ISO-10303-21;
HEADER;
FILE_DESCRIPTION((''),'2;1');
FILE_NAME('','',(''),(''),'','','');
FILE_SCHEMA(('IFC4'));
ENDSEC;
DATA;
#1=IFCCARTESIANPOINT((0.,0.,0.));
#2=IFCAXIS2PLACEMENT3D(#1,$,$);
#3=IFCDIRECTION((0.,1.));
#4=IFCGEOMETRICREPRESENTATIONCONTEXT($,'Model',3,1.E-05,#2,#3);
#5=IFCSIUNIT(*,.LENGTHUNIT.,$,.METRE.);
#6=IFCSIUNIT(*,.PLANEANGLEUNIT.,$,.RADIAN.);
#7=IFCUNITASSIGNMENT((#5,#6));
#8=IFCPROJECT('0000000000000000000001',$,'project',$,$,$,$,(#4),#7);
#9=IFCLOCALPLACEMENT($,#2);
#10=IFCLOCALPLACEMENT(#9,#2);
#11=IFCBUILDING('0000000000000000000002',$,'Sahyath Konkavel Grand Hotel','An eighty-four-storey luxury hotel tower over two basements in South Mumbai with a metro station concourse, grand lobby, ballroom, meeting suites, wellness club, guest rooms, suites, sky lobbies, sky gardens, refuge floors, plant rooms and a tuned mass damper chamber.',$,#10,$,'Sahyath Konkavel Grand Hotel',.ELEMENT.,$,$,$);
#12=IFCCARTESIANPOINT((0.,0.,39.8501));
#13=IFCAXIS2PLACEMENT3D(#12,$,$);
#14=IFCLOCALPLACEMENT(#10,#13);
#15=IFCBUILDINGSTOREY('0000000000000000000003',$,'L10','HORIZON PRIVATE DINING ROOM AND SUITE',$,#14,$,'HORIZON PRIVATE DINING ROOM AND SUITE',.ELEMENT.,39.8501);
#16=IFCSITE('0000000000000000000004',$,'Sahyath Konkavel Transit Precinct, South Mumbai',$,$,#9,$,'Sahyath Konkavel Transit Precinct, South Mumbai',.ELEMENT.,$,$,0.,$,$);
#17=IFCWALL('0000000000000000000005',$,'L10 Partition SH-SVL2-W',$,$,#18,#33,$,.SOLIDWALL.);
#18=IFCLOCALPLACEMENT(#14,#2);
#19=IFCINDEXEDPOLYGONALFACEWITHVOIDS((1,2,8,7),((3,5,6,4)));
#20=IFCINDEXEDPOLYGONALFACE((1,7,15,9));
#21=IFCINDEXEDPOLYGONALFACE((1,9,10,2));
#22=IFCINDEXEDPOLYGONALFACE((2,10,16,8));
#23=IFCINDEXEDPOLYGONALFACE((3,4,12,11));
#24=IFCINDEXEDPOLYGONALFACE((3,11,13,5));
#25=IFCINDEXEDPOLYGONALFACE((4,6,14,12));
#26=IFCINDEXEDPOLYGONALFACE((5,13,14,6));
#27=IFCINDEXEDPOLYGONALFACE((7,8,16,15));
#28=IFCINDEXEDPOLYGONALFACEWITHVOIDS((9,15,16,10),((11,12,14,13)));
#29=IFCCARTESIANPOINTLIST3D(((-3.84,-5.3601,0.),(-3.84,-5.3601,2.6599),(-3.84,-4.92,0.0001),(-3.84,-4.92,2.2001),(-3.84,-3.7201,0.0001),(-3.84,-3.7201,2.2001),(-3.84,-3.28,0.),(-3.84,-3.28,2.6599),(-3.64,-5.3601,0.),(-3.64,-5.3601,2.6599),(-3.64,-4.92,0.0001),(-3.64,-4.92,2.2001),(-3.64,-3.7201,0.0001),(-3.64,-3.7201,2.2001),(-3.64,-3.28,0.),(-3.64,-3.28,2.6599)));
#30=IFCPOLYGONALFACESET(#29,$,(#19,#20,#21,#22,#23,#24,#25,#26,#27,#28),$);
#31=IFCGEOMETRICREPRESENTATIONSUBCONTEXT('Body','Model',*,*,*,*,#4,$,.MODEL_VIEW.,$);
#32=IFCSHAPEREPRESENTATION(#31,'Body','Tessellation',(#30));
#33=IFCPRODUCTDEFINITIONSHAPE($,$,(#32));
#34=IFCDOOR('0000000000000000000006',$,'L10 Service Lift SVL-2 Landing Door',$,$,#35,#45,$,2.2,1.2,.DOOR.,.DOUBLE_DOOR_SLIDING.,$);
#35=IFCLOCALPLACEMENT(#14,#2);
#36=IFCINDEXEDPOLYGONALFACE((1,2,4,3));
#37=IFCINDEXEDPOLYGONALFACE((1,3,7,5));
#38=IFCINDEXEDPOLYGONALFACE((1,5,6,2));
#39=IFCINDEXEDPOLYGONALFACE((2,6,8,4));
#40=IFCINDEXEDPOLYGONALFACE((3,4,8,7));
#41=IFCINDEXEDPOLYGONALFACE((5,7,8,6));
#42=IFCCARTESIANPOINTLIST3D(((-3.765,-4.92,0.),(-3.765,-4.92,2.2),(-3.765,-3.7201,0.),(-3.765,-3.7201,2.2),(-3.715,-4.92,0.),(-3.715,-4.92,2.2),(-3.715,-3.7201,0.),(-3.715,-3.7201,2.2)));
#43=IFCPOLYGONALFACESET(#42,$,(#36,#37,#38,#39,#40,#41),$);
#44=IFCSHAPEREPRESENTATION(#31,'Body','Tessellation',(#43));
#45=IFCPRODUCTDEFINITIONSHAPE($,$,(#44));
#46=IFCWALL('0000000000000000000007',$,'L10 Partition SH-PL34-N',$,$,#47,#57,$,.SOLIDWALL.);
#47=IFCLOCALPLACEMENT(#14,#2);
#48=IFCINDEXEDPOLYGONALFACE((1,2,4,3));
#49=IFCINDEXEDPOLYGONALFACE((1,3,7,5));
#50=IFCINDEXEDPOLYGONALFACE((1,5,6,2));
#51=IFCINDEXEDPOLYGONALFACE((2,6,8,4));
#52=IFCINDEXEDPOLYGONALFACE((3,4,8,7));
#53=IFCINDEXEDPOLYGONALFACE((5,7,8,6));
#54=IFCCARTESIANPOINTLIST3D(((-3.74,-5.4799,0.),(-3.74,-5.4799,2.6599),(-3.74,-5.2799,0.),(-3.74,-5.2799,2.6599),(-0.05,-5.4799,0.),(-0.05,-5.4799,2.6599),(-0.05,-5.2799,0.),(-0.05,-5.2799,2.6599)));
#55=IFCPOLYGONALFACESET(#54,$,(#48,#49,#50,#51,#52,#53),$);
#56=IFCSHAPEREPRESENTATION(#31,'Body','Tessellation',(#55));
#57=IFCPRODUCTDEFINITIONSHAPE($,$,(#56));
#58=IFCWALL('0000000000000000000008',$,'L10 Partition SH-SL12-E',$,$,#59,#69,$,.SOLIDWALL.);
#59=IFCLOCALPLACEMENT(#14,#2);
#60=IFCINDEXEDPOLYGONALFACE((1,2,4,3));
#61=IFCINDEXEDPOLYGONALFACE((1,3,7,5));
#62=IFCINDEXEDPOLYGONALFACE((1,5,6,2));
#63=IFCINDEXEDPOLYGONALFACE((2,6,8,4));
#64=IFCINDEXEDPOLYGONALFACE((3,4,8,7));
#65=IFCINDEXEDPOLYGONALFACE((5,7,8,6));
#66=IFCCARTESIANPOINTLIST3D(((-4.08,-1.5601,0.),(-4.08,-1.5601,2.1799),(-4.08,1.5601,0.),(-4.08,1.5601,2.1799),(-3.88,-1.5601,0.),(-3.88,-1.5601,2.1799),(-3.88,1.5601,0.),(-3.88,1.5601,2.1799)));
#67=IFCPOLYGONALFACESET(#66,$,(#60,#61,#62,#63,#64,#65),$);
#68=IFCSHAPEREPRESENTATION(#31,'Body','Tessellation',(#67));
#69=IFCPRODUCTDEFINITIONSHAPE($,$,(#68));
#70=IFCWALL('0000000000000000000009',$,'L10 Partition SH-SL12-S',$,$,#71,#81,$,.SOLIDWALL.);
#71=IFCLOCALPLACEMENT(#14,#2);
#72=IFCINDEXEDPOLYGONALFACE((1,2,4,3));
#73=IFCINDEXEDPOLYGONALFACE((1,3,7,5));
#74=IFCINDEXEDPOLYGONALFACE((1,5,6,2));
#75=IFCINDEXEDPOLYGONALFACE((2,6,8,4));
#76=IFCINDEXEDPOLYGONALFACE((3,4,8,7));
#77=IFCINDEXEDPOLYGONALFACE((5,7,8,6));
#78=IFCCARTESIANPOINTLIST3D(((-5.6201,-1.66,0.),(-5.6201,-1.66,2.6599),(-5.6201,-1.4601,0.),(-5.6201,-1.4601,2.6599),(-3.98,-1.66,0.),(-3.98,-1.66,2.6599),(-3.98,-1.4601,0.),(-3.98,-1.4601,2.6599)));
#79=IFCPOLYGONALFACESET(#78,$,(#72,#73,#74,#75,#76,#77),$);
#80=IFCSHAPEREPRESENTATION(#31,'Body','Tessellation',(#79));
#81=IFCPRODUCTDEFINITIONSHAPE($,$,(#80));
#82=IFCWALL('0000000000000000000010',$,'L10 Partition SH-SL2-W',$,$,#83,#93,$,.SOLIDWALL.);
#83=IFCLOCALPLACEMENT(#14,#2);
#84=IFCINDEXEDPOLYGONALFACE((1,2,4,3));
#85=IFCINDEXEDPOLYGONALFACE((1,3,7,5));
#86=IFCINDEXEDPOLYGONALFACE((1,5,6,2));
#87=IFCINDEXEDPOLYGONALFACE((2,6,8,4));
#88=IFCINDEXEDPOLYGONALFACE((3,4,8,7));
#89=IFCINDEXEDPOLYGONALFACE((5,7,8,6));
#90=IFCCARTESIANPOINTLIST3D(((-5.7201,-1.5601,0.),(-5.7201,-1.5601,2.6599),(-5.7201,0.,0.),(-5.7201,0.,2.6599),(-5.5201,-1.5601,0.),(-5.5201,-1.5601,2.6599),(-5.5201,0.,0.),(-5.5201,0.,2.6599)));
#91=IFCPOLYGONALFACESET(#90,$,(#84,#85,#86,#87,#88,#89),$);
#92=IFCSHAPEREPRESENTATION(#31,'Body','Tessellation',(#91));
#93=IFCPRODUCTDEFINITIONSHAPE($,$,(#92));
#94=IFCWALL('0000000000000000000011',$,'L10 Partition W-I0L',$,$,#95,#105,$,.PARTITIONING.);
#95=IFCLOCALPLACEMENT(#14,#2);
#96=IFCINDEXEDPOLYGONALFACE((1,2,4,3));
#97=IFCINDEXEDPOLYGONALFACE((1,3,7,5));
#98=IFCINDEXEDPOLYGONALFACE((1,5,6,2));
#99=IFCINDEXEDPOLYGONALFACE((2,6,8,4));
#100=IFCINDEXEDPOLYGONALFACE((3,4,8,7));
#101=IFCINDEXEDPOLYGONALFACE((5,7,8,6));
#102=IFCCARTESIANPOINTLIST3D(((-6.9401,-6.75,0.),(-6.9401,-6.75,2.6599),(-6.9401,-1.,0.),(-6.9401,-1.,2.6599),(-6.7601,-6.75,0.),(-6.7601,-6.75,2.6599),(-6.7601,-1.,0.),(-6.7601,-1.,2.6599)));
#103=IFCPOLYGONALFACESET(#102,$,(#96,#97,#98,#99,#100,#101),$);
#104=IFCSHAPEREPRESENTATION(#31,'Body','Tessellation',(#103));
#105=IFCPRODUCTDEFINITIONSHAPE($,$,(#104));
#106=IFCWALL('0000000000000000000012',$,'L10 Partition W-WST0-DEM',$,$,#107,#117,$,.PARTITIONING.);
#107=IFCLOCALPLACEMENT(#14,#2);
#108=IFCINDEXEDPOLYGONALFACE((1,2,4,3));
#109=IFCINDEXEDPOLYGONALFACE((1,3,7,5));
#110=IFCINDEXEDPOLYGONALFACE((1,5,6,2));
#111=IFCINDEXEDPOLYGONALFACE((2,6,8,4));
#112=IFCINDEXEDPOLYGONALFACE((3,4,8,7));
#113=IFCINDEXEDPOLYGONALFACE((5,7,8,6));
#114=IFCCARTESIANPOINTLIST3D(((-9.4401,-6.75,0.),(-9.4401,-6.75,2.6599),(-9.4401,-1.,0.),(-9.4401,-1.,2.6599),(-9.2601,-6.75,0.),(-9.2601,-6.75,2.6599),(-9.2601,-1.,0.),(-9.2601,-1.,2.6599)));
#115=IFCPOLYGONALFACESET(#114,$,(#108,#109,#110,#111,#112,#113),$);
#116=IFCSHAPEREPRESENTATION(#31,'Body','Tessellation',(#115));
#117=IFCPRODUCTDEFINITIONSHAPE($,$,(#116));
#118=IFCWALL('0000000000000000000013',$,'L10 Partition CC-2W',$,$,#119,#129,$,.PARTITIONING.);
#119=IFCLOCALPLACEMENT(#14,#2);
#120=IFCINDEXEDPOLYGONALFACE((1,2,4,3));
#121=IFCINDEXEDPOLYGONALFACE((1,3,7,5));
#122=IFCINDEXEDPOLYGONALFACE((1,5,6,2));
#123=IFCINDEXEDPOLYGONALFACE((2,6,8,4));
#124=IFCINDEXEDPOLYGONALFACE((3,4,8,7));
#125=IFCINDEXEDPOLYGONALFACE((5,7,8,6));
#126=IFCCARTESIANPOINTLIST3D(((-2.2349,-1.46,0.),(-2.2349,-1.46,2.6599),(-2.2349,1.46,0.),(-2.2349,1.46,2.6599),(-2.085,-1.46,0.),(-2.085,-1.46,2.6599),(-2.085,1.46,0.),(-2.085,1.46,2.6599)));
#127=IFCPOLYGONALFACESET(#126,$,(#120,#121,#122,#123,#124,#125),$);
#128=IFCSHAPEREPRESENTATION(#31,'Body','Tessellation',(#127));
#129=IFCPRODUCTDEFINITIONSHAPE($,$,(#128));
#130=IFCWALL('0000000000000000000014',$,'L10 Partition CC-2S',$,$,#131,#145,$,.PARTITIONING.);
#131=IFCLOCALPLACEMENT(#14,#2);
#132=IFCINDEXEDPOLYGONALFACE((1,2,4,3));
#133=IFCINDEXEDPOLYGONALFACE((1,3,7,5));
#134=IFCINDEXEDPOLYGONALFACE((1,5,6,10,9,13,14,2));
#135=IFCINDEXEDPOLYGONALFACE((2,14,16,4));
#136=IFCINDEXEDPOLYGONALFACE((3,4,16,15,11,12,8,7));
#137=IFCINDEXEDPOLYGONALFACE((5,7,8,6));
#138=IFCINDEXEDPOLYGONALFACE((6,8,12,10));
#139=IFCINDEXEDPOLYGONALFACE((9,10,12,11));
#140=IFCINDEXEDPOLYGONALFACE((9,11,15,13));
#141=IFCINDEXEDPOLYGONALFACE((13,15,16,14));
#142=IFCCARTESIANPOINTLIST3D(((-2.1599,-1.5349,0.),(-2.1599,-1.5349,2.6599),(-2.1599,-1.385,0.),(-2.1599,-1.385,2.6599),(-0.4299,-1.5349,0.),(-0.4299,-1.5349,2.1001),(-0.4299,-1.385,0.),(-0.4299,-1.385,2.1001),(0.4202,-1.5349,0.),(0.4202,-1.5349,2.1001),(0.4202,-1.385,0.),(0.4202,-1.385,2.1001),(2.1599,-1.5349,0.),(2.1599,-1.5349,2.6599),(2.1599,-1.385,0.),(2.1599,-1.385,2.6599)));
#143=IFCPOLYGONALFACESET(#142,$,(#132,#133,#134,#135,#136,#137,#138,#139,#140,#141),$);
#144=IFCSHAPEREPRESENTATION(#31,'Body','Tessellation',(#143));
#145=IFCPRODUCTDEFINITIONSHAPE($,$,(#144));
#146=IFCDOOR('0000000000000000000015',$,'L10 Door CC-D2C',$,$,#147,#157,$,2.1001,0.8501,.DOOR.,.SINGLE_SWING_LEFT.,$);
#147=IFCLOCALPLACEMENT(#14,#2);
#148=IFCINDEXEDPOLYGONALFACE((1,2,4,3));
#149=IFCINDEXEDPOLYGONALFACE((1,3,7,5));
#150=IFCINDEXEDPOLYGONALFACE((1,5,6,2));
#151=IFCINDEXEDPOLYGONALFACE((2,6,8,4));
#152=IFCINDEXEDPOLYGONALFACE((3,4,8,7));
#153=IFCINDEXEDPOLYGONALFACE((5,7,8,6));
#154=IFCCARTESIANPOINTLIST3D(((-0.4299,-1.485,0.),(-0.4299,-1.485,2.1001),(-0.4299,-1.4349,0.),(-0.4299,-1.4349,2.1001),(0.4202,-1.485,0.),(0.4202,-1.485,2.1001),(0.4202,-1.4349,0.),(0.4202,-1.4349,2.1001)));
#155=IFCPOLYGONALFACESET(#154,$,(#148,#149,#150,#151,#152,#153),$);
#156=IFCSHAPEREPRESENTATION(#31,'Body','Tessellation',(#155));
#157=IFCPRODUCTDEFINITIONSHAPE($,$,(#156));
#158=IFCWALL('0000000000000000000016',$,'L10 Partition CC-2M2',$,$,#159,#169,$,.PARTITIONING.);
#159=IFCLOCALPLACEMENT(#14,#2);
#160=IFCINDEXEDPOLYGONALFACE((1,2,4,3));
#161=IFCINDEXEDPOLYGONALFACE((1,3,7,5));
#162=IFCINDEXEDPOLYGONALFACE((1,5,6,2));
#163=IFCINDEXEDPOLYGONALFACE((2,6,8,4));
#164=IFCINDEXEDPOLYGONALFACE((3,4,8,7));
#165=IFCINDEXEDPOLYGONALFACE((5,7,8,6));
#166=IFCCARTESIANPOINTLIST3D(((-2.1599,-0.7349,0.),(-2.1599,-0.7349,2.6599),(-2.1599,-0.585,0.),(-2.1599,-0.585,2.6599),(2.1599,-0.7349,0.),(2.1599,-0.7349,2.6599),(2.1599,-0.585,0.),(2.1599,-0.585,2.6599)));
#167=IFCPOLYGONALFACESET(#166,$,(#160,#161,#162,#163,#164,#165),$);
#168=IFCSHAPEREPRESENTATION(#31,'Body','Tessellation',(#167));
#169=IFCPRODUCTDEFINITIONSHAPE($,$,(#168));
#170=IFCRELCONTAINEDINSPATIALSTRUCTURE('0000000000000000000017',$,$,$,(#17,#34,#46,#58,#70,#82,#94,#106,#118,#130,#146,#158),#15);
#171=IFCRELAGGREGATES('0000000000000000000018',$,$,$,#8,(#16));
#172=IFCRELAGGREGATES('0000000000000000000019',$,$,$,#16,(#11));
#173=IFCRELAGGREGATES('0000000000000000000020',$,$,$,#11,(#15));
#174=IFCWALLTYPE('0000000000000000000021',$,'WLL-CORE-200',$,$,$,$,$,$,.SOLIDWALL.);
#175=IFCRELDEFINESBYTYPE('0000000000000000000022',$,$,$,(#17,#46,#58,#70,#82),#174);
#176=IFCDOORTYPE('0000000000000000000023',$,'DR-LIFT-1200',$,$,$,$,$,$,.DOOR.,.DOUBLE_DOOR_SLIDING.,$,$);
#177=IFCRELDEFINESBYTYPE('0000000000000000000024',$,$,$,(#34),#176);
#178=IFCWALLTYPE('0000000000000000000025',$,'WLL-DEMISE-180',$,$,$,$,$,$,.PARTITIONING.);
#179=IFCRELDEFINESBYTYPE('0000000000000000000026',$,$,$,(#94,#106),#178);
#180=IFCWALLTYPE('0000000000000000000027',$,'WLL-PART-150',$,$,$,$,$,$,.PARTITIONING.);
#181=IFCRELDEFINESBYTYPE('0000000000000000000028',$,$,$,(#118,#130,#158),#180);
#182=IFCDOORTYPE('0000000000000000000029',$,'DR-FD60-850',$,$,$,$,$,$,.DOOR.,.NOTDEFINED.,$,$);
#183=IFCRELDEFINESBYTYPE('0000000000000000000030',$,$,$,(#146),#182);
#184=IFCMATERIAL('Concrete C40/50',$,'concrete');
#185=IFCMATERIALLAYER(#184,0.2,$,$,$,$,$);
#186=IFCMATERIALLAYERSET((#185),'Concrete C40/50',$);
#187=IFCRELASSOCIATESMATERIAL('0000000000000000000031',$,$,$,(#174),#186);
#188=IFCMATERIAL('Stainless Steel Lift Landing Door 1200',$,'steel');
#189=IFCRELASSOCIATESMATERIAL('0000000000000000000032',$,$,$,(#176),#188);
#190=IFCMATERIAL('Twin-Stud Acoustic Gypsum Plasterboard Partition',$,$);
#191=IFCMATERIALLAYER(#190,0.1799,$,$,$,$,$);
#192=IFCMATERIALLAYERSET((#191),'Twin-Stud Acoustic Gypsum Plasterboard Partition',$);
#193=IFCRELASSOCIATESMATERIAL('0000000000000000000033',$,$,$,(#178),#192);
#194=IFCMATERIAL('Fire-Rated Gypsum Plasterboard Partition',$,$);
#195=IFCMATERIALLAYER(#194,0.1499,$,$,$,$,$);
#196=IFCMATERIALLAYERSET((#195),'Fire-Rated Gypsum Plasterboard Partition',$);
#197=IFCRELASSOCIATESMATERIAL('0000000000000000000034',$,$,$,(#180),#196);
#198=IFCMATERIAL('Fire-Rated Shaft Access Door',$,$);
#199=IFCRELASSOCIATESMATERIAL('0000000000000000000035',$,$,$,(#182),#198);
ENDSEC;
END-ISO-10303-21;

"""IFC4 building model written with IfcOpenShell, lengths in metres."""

from ifc_helpers import new_model, si_unit, direction, frame, frame_2d, origin, origin_2d, place, context, subcontext, project, spatial, rectangle, extrude, source, transform, mapped, material, layer, layer_set, type_object, element, fill, save


model = new_model("IFC4")

# Units and contexts
model_context = context("Model", 3, precision=1e-05, world=origin(), true_north=direction((0.0, 1.0)))
body_context = subcontext(model_context, "Body", "Model", "MODEL_VIEW")
ifc_project = project(units=[si_unit("LENGTHUNIT", "METRE"), si_unit("PLANEANGLEUNIT", "RADIAN")], contexts=[model_context])

# Site, building, storey
site_placement = place(None, origin())
site = spatial("IfcSite", under=ifc_project, at=site_placement, Name="Sahyath Konkavel Transit Precinct, South Mumbai", LongName="Sahyath Konkavel Transit Precinct, South Mumbai", CompositionType="ELEMENT", RefElevation=0.0)
building_placement = place(site_placement, origin())
building = spatial("IfcBuilding", under=site, at=building_placement, Name="Sahyath Konkavel Grand Hotel", Description="An eighty-four-storey luxury hotel tower over two basements in South Mumbai with a metro station concourse, grand lobby, ballroom, meeting suites, wellness club, guest rooms, suites, sky lobbies, sky gardens, refuge floors, plant rooms and a tuned mass damper chamber.", LongName="Sahyath Konkavel Grand Hotel", CompositionType="ELEMENT")
storey_placement = place(building_placement, frame((0.0, 0.0, 39.8501)))
storey = spatial("IfcBuildingStorey", under=building, at=storey_placement, Name="L10", Description="HORIZON PRIVATE DINING ROOM AND SUITE", LongName="HORIZON PRIVATE DINING ROOM AND SUITE", CompositionType="ELEMENT", Elevation=39.8501)

# Shared definitions
ifc_material_1 = material(Name="Concrete C40/50", Category="concrete")
ifc_layer_1 = layer(ifc_material_1, 0.2)
ifc_layer_set_1 = layer_set([ifc_layer_1], Name="Concrete C40/50")
wall_type_1 = type_object("IfcWallType", Name="WLL-CORE-200", PredefinedType="SOLIDWALL", material=ifc_layer_set_1)

# Wall, opening, door
wall_1_placement = place(storey_placement, frame((-3.74, -5.3601, 0.0), z_axis=(0.0, 0.0, 1.0), x_axis=(0.0, 1.0, 0.0)))
wall_1 = element("IfcWall", 1, at=wall_1_placement, inside=storey, type_object=wall_type_1, Name="L10 Partition SH-SVL2-W", PredefinedType="SOLIDWALL", context=body_context, shape_type="SweptSolid", body=[
    extrude(rectangle(XDim=2.0801, YDim=0.2, at=frame_2d((1.04, 0.0))), origin(), (0.0, 0.0, 1.0), 2.6599),
])
opening_1_placement = place(wall_1_placement, frame((0.4399, 0.0, 0.0)))
opening_1 = element("IfcOpeningElement", 2, at=opening_1_placement, cuts=wall_1, PredefinedType="OPENING", context=body_context, shape_type="SweptSolid", body=[
    extrude(rectangle(XDim=1.2, YDim=2.2, at=frame_2d((0.6001, 1.1001))), frame((0.0, 0.1099, 0.0), z_axis=(0.0, -1.0, 0.0), x_axis=(1.0, 0.0, 0.0)), (0.0, 0.0, 1.0), 0.22),
])
ifc_material_2 = material(Name="Stainless Steel Lift Landing Door 1200", Category="steel")
door_type_1 = type_object("IfcDoorType", Name="DR-LIFT-1200", OperationType="DOUBLE_DOOR_SLIDING", PredefinedType="DOOR", material=ifc_material_2)
shared_shape_1 = source(origin(), body_context, "Body", "SweptSolid", [
    extrude(rectangle(XDim=1.2, YDim=0.05, at=origin_2d()), origin(), (0.0, 0.0, 1.0), 2.2),
])
door_1_placement = place(opening_1_placement, frame((0.6001, 0.0, 0.0)))
door_1 = element("IfcDoor", 3, at=door_1_placement, inside=storey, type_object=door_type_1, Name="L10 Service Lift SVL-2 Landing Door", OperationType="DOUBLE_DOOR_SLIDING", OverallHeight=2.2, OverallWidth=1.2, PredefinedType="DOOR", context=body_context, shape_type="MappedRepresentation", body=[
    mapped(shared_shape_1, transform((0.0, 0.0, 0.0), scale=1.0)),
])
fill(opening_1, door_1)

# Walls
wall_2_placement = place(storey_placement, frame((-3.74, -5.3799, 0.0), z_axis=(0.0, 0.0, 1.0), x_axis=(1.0, 0.0, 0.0)))
element("IfcWall", 4, at=wall_2_placement, inside=storey, type_object=wall_type_1, Name="L10 Partition SH-PL34-N", PredefinedType="SOLIDWALL", context=body_context, shape_type="SweptSolid", body=[
    extrude(rectangle(XDim=3.6899, YDim=0.2, at=frame_2d((1.845, 0.0))), origin(), (0.0, 0.0, 1.0), 2.6599),
])
wall_3_placement = place(storey_placement, frame((-3.98, -1.5601, 0.0), z_axis=(0.0, 0.0, 1.0), x_axis=(0.0, 1.0, 0.0)))
element("IfcWall", 5, at=wall_3_placement, inside=storey, type_object=wall_type_1, Name="L10 Partition SH-SL12-E", PredefinedType="SOLIDWALL", context=body_context, shape_type="SweptSolid", body=[
    extrude(rectangle(XDim=3.1201, YDim=0.2, at=frame_2d((1.5601, 0.0))), origin(), (0.0, 0.0, 1.0), 2.1799),
])
wall_4_placement = place(storey_placement, frame((-5.6201, -1.5601, 0.0), z_axis=(0.0, 0.0, 1.0), x_axis=(1.0, 0.0, 0.0)))
element("IfcWall", 6, at=wall_4_placement, inside=storey, type_object=wall_type_1, Name="L10 Partition SH-SL12-S", PredefinedType="SOLIDWALL", context=body_context, shape_type="SweptSolid", body=[
    extrude(rectangle(XDim=1.6401, YDim=0.2, at=frame_2d((0.8201, 0.0))), origin(), (0.0, 0.0, 1.0), 2.6599),
])
wall_5_placement = place(storey_placement, frame((-5.6201, -1.5601, 0.0), z_axis=(0.0, 0.0, 1.0), x_axis=(0.0, 1.0, 0.0)))
element("IfcWall", 7, at=wall_5_placement, inside=storey, type_object=wall_type_1, Name="L10 Partition SH-SL2-W", PredefinedType="SOLIDWALL", context=body_context, shape_type="SweptSolid", body=[
    extrude(rectangle(XDim=1.5601, YDim=0.2, at=frame_2d((0.78, 0.0))), origin(), (0.0, 0.0, 1.0), 2.6599),
])
ifc_material_3 = material(Name="Twin-Stud Acoustic Gypsum Plasterboard Partition")
ifc_layer_2 = layer(ifc_material_3, 0.1799)
ifc_layer_set_2 = layer_set([ifc_layer_2], Name="Twin-Stud Acoustic Gypsum Plasterboard Partition")
wall_type_2 = type_object("IfcWallType", Name="WLL-DEMISE-180", PredefinedType="PARTITIONING", material=ifc_layer_set_2)
for number, where, z_axis, x_axis, name in (
    (8, (-6.8501, -1.0, 0.0), (0.0, 0.0, 1.0), (0.0, -1.0, 0.0), "L10 Partition W-I0L"),
    (9, (-9.3501, -1.0, 0.0), (0.0, 0.0, 1.0), (0.0, -1.0, 0.0), "L10 Partition W-WST0-DEM"),
):
    element("IfcWall", number, at=place(storey_placement, frame(where, z_axis=z_axis, x_axis=x_axis)), inside=storey, type_object=wall_type_2, Name=name, PredefinedType="PARTITIONING", context=body_context, shape_type="SweptSolid", body=[
        extrude(rectangle(XDim=5.75, YDim=0.1799, at=frame_2d((2.875, 0.0))), origin(), (0.0, 0.0, 1.0), 2.6599),
    ])
ifc_material_4 = material(Name="Fire-Rated Gypsum Plasterboard Partition")
ifc_layer_3 = layer(ifc_material_4, 0.1499)
ifc_layer_set_3 = layer_set([ifc_layer_3], Name="Fire-Rated Gypsum Plasterboard Partition")
wall_type_3 = type_object("IfcWallType", Name="WLL-PART-150", PredefinedType="PARTITIONING", material=ifc_layer_set_3)
wall_6_placement = place(storey_placement, frame((-2.1599, -1.46, 0.0), z_axis=(0.0, 0.0, 1.0), x_axis=(0.0, 1.0, 0.0)))
element("IfcWall", 10, at=wall_6_placement, inside=storey, type_object=wall_type_3, Name="L10 Partition CC-2W", PredefinedType="PARTITIONING", context=body_context, shape_type="SweptSolid", body=[
    extrude(rectangle(XDim=2.9199, YDim=0.1499, at=frame_2d((1.46, 0.0))), origin(), (0.0, 0.0, 1.0), 2.6599),
])

# Wall, opening, door
wall_7_placement = place(storey_placement, frame((-2.1599, -1.46, 0.0), z_axis=(0.0, 0.0, 1.0), x_axis=(1.0, 0.0, 0.0)))
wall_7 = element("IfcWall", 11, at=wall_7_placement, inside=storey, type_object=wall_type_3, Name="L10 Partition CC-2S", PredefinedType="PARTITIONING", context=body_context, shape_type="SweptSolid", body=[
    extrude(rectangle(XDim=4.3198, YDim=0.1499, at=frame_2d((2.1599, 0.0))), origin(), (0.0, 0.0, 1.0), 2.6599),
])
opening_2_placement = place(wall_7_placement, frame((1.73, 0.0, 0.0)))
opening_2 = element("IfcOpeningElement", 12, at=opening_2_placement, cuts=wall_7, PredefinedType="OPENING", context=body_context, shape_type="SweptSolid", body=[
    extrude(rectangle(XDim=0.8501, YDim=2.1001, at=frame_2d((0.425, 1.05))), frame((0.0, 0.085, 0.0), z_axis=(0.0, -1.0, 0.0), x_axis=(1.0, 0.0, 0.0)), (0.0, 0.0, 1.0), 0.1699),
])
ifc_material_5 = material(Name="Fire-Rated Shaft Access Door")
door_type_2 = type_object("IfcDoorType", Name="DR-FD60-850", OperationType="NOTDEFINED", PredefinedType="DOOR", material=ifc_material_5)
shared_shape_2 = source(origin(), body_context, "Body", "SweptSolid", [
    extrude(rectangle(XDim=0.8501, YDim=0.05, at=origin_2d()), origin(), (0.0, 0.0, 1.0), 2.1001),
])
door_2_placement = place(opening_2_placement, frame((0.425, 0.0, 0.0)))
door_2 = element("IfcDoor", 13, at=door_2_placement, inside=storey, type_object=door_type_2, Name="L10 Door CC-D2C", OperationType="SINGLE_SWING_LEFT", OverallHeight=2.1001, OverallWidth=0.8501, PredefinedType="DOOR", context=body_context, shape_type="MappedRepresentation", body=[
    mapped(shared_shape_2, transform((0.0, 0.0, 0.0), scale=1.0)),
])
fill(opening_2, door_2)

# Wall
wall_8_placement = place(storey_placement, frame((-2.1599, -0.6599, 0.0), z_axis=(0.0, 0.0, 1.0), x_axis=(1.0, 0.0, 0.0)))
element("IfcWall", 14, at=wall_8_placement, inside=storey, type_object=wall_type_3, Name="L10 Partition CC-2M2", PredefinedType="PARTITIONING", context=body_context, shape_type="SweptSolid", body=[
    extrude(rectangle(XDim=4.3198, YDim=0.1499, at=frame_2d((2.1599, 0.0))), origin(), (0.0, 0.0, 1.0), 2.6599),
])

save(model, "model.ifc")
